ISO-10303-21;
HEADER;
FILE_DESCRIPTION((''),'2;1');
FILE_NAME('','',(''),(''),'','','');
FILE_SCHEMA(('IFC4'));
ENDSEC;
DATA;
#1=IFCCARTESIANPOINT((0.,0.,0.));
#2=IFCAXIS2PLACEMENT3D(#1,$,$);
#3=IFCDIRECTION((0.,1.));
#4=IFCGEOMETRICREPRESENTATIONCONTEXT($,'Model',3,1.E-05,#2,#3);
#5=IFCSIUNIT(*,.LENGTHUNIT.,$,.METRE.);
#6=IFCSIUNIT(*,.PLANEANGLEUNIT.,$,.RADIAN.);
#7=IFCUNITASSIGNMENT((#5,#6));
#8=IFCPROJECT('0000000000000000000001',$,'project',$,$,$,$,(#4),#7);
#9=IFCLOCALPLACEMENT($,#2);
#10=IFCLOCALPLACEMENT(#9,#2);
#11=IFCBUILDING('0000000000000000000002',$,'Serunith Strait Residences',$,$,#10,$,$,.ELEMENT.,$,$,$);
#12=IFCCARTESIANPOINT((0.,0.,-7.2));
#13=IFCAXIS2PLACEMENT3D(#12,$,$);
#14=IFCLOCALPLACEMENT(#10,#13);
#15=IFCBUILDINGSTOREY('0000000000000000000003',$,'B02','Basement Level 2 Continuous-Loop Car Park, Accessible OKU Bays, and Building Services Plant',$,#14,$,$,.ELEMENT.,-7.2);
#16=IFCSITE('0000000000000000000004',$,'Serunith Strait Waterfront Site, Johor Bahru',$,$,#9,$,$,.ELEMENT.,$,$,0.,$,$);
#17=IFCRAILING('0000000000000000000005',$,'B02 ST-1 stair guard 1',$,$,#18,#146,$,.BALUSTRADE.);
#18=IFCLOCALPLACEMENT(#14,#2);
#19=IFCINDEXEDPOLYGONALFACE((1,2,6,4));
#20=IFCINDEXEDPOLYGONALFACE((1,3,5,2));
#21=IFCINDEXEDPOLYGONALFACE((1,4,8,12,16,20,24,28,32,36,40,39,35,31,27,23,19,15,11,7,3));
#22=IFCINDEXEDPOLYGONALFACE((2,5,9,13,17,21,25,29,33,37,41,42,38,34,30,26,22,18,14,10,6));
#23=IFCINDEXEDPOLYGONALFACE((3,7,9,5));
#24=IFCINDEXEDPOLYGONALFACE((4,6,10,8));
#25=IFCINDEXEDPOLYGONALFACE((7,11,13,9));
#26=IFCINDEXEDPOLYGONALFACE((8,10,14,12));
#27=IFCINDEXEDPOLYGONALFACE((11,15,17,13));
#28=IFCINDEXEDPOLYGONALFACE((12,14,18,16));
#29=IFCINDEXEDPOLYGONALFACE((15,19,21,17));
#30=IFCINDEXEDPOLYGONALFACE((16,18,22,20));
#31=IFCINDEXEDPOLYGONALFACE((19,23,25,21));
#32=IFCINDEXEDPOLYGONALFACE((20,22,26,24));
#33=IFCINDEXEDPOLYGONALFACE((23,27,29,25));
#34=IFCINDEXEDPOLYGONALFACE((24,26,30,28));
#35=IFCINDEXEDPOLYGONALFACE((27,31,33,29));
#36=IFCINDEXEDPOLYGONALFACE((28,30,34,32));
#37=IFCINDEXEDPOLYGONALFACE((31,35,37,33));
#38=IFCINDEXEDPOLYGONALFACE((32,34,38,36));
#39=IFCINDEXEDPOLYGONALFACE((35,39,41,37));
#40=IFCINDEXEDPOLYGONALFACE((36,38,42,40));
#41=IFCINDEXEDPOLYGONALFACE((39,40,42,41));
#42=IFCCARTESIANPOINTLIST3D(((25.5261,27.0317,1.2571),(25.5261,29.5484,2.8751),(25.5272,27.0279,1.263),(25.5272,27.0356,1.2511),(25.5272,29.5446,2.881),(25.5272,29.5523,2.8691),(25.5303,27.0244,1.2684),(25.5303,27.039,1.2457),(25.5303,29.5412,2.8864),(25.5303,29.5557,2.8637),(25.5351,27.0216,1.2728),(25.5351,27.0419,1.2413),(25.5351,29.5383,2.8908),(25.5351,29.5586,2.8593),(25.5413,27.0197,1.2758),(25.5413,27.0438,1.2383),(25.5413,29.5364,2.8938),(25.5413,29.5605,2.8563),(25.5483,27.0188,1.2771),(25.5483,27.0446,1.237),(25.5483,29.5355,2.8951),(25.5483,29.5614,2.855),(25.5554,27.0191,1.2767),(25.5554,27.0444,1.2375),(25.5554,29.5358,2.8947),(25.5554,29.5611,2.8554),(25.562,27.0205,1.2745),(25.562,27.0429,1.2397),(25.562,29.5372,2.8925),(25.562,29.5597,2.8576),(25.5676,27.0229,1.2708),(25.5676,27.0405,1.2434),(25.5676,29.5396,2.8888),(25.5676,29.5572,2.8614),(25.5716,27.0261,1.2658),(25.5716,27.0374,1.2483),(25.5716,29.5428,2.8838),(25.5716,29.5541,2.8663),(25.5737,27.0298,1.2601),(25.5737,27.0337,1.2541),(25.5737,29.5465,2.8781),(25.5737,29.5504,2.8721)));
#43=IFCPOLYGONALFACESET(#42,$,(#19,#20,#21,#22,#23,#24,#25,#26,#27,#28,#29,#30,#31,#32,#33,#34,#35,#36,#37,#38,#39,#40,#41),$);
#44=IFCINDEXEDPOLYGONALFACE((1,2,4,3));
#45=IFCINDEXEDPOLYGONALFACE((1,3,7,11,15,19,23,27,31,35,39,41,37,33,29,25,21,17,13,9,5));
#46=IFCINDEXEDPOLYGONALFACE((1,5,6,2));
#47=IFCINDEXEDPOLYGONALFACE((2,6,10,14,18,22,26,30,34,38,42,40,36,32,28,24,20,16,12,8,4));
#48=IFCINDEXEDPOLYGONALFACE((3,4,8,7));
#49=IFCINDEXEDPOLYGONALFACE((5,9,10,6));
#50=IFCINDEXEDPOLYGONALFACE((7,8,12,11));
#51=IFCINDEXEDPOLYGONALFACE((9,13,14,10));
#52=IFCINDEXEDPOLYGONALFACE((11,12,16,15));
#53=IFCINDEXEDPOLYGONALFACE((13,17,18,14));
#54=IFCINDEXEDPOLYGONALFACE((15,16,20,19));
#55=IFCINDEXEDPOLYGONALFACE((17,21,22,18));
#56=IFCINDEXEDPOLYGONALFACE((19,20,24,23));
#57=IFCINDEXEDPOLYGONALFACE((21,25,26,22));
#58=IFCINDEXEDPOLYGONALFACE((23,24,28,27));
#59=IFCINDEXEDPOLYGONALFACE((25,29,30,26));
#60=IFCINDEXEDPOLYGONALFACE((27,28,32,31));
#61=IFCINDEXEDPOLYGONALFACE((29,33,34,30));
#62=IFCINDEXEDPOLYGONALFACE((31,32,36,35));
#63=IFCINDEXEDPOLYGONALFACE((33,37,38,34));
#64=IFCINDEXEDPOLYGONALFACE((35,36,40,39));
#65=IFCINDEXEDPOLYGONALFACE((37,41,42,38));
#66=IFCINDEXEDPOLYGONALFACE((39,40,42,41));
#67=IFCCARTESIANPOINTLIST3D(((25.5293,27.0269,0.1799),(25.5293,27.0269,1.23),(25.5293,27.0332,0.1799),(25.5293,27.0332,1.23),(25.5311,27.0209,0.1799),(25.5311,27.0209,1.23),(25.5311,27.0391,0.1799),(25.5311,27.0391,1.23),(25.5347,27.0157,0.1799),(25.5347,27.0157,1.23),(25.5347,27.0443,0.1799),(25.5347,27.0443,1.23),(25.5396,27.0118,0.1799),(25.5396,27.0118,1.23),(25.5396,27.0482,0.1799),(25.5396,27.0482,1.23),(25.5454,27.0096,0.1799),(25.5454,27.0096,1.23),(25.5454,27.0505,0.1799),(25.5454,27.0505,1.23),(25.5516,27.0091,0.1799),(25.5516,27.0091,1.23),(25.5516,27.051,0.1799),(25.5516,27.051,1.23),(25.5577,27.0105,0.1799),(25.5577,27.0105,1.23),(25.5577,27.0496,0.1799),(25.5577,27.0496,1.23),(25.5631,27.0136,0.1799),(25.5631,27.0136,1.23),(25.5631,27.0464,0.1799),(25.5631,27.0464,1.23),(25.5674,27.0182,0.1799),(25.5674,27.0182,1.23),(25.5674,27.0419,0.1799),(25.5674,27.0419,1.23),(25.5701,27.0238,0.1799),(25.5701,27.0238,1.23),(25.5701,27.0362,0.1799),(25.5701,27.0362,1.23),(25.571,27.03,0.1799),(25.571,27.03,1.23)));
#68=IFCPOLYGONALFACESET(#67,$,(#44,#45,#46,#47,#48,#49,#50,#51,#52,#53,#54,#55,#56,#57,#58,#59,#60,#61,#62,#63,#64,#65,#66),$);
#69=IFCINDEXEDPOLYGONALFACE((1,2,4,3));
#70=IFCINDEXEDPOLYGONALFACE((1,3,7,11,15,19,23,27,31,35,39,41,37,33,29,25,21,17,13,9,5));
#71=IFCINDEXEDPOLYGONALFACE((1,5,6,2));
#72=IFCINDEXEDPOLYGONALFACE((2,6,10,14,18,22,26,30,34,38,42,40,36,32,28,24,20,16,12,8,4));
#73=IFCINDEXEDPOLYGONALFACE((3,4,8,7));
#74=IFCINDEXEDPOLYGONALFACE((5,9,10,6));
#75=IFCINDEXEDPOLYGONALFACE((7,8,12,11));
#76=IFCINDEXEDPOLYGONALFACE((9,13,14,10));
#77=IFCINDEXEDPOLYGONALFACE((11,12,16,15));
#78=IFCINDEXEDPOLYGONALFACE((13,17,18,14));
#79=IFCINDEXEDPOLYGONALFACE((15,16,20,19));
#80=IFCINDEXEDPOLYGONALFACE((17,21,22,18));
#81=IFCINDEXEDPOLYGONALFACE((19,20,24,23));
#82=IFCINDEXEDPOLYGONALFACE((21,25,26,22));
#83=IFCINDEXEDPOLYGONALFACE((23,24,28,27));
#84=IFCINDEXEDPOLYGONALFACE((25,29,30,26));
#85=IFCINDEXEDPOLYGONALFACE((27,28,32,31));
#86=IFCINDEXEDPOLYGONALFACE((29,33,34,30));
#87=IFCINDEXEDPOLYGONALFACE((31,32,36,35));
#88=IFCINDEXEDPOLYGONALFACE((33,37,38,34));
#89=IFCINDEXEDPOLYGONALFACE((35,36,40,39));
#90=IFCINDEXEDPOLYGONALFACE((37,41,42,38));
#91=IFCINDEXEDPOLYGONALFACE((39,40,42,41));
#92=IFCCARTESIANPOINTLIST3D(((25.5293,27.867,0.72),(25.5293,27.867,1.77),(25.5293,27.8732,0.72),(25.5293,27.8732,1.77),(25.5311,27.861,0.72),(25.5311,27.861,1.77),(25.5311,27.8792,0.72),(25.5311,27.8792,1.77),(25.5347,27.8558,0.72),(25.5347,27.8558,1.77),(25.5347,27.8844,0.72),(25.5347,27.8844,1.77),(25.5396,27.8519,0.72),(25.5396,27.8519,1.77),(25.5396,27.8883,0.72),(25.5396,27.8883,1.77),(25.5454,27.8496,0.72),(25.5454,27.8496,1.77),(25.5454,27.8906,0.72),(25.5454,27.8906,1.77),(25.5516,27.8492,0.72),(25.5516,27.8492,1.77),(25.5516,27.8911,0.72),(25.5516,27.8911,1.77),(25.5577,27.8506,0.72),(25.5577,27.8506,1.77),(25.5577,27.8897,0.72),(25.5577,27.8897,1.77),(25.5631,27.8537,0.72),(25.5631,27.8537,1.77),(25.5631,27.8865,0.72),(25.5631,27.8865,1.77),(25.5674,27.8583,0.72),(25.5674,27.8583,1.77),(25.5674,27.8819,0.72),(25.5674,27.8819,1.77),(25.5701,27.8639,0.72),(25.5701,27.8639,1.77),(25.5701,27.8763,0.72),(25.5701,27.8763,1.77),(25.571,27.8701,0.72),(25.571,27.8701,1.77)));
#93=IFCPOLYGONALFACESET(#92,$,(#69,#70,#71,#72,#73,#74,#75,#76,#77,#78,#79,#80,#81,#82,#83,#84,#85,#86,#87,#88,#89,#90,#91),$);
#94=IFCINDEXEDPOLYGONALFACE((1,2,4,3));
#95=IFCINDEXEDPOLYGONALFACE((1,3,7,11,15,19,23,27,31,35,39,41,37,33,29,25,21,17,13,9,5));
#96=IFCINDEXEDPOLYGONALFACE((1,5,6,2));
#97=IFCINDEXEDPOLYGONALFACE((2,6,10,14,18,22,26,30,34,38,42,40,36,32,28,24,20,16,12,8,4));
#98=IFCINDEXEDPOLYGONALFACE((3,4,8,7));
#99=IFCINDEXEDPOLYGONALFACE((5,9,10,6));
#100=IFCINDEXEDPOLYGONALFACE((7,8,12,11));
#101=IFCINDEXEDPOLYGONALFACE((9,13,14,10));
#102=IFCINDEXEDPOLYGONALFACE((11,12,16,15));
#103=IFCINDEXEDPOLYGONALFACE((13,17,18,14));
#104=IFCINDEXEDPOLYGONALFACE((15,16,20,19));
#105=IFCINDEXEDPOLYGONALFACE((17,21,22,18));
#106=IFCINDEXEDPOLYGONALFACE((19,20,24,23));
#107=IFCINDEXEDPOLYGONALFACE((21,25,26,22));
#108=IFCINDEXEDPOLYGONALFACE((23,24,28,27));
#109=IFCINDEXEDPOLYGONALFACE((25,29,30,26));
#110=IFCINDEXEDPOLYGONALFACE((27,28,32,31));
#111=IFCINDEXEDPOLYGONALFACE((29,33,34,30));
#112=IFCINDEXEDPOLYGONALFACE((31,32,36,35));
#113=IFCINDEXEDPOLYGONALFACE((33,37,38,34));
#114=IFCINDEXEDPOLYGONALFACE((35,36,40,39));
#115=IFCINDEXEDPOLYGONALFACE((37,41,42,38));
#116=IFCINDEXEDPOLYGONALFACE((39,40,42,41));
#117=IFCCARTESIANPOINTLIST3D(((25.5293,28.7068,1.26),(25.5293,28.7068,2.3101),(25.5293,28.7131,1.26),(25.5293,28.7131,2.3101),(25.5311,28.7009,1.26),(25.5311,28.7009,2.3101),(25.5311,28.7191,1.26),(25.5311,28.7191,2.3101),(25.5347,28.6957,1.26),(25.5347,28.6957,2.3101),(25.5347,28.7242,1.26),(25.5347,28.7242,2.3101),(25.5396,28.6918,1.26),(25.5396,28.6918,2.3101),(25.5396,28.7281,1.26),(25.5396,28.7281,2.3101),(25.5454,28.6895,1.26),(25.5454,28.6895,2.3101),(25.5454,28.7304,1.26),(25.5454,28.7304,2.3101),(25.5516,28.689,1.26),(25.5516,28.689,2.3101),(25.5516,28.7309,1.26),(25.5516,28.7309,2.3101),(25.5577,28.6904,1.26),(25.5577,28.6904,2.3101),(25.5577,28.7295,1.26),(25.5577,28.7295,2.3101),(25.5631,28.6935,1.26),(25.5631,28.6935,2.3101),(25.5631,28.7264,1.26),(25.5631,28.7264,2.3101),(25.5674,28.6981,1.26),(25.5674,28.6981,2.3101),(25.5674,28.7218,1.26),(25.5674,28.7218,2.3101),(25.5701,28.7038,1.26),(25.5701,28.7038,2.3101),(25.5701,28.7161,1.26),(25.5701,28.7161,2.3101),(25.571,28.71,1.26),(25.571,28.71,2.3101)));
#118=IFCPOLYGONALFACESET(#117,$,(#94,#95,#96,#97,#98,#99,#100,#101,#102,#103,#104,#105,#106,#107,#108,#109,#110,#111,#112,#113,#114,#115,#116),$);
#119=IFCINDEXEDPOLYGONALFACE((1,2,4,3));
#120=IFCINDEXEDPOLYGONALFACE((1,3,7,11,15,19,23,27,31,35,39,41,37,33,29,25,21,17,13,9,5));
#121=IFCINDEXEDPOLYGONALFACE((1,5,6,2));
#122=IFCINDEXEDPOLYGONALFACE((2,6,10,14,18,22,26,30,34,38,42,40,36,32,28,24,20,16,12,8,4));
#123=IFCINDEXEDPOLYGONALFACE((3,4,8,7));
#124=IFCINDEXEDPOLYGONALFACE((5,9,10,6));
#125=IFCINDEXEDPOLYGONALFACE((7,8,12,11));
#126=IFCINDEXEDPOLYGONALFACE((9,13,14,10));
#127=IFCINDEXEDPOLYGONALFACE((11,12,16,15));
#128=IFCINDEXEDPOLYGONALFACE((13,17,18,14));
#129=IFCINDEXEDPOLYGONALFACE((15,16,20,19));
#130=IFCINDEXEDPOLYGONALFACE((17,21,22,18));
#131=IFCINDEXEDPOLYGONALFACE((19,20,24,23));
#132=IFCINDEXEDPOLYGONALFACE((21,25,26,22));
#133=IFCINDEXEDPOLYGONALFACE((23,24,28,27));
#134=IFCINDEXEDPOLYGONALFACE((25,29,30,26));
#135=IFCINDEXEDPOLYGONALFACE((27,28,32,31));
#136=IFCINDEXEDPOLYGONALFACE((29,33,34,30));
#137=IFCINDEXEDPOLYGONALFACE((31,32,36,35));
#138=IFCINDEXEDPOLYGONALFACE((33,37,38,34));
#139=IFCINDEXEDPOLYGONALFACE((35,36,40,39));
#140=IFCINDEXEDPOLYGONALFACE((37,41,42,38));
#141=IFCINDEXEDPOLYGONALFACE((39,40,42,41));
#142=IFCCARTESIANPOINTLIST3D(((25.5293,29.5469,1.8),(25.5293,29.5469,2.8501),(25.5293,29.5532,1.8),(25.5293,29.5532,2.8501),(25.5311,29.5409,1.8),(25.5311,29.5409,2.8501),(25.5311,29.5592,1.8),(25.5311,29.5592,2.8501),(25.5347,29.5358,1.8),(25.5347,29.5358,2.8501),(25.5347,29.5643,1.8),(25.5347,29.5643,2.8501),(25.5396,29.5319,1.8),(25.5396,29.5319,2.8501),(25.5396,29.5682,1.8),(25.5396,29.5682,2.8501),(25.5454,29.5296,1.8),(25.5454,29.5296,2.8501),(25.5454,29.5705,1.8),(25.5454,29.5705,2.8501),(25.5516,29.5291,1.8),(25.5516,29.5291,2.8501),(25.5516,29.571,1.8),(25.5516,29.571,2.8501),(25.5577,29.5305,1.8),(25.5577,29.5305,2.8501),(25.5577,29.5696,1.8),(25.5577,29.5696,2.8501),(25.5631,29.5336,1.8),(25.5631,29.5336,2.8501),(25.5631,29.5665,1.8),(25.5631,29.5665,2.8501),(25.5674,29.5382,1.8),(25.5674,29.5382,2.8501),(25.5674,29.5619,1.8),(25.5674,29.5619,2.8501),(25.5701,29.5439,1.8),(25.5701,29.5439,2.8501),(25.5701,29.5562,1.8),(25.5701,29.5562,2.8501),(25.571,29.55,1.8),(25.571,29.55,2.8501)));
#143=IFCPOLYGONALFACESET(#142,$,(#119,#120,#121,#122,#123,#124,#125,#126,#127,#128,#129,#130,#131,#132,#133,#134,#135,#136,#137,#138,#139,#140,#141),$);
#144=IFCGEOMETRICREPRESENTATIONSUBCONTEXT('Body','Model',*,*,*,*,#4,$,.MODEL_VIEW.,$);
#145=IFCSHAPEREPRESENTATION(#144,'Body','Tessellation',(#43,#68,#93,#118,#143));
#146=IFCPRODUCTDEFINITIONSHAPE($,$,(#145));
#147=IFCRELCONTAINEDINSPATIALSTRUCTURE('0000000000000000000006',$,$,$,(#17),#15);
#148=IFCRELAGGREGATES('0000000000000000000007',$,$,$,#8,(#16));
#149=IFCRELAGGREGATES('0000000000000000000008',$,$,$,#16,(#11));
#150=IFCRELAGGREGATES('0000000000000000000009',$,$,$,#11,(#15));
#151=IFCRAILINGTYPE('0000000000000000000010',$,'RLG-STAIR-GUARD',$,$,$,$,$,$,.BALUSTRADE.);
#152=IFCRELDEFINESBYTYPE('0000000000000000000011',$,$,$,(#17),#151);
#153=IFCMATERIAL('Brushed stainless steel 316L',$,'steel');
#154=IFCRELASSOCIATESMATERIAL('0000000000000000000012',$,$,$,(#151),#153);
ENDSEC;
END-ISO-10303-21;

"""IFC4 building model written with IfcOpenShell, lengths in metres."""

from ifc_helpers import new_model, si_unit, direction, frame, origin, origin_2d, place, context, subcontext, project, spatial, circle, extrude, material, type_object, element, save


model = new_model("IFC4")

# Units and contexts
model_context = context("Model", 3, precision=1e-05, world=origin(), true_north=direction((0.0, 1.0)))
body_context = subcontext(model_context, "Body", "Model", "MODEL_VIEW")
ifc_project = project(units=[si_unit("LENGTHUNIT", "METRE"), si_unit("PLANEANGLEUNIT", "RADIAN")], contexts=[model_context])

# Site, building, storey
site_placement = place(None, origin())
site = spatial("IfcSite", under=ifc_project, at=site_placement, Name="Serunith Strait Waterfront Site, Johor Bahru", CompositionType="ELEMENT", RefElevation=0.0)
building_placement = place(site_placement, origin())
building = spatial("IfcBuilding", under=site, at=building_placement, Name="Serunith Strait Residences", CompositionType="ELEMENT")
storey_placement = place(building_placement, frame((0.0, 0.0, -7.2)))
storey = spatial("IfcBuildingStorey", under=building, at=storey_placement, Name="B02", Description="Basement Level 2 Continuous-Loop Car Park, Accessible OKU Bays, and Building Services Plant", CompositionType="ELEMENT", Elevation=-7.2)

# Railing
ifc_material_1 = material(Name="Brushed stainless steel 316L", Category="steel")
railing_type_1 = type_object("IfcRailingType", Name="RLG-STAIR-GUARD", PredefinedType="BALUSTRADE", material=ifc_material_1)
railing_1_placement = place(storey_placement, frame((25.55, 27.03, 0.1799)))
element("IfcRailing", 1, at=railing_1_placement, inside=storey, type_object=railing_type_1, Name="B02 ST-1 stair guard 1", PredefinedType="BALUSTRADE", context=body_context, shape_type="SweptSolid", body=[
    extrude(circle(Radius=0.0239, at=origin_2d()), frame((0.0, 0.0017, 1.0771), z_axis=(0.0, 0.841163, 0.540782), x_axis=(-1.0, 0.0, 0.0)), (0.0, 0.0, 1.0), 2.9919),
    extrude(circle(Radius=0.021, at=origin_2d()), origin(), (0.0, 0.0, 1.0), 1.05),
    extrude(circle(Radius=0.021, at=origin_2d()), frame((0.0, 0.8401, 0.54)), (0.0, 0.0, 1.0), 1.05),
    extrude(circle(Radius=0.021, at=origin_2d()), frame((0.0, 1.6799, 1.0801)), (0.0, 0.0, 1.0), 1.05),
    extrude(circle(Radius=0.021, at=origin_2d()), frame((0.0, 2.52, 1.6201)), (0.0, 0.0, 1.0), 1.05),
])

save(model, "model.ifc")
